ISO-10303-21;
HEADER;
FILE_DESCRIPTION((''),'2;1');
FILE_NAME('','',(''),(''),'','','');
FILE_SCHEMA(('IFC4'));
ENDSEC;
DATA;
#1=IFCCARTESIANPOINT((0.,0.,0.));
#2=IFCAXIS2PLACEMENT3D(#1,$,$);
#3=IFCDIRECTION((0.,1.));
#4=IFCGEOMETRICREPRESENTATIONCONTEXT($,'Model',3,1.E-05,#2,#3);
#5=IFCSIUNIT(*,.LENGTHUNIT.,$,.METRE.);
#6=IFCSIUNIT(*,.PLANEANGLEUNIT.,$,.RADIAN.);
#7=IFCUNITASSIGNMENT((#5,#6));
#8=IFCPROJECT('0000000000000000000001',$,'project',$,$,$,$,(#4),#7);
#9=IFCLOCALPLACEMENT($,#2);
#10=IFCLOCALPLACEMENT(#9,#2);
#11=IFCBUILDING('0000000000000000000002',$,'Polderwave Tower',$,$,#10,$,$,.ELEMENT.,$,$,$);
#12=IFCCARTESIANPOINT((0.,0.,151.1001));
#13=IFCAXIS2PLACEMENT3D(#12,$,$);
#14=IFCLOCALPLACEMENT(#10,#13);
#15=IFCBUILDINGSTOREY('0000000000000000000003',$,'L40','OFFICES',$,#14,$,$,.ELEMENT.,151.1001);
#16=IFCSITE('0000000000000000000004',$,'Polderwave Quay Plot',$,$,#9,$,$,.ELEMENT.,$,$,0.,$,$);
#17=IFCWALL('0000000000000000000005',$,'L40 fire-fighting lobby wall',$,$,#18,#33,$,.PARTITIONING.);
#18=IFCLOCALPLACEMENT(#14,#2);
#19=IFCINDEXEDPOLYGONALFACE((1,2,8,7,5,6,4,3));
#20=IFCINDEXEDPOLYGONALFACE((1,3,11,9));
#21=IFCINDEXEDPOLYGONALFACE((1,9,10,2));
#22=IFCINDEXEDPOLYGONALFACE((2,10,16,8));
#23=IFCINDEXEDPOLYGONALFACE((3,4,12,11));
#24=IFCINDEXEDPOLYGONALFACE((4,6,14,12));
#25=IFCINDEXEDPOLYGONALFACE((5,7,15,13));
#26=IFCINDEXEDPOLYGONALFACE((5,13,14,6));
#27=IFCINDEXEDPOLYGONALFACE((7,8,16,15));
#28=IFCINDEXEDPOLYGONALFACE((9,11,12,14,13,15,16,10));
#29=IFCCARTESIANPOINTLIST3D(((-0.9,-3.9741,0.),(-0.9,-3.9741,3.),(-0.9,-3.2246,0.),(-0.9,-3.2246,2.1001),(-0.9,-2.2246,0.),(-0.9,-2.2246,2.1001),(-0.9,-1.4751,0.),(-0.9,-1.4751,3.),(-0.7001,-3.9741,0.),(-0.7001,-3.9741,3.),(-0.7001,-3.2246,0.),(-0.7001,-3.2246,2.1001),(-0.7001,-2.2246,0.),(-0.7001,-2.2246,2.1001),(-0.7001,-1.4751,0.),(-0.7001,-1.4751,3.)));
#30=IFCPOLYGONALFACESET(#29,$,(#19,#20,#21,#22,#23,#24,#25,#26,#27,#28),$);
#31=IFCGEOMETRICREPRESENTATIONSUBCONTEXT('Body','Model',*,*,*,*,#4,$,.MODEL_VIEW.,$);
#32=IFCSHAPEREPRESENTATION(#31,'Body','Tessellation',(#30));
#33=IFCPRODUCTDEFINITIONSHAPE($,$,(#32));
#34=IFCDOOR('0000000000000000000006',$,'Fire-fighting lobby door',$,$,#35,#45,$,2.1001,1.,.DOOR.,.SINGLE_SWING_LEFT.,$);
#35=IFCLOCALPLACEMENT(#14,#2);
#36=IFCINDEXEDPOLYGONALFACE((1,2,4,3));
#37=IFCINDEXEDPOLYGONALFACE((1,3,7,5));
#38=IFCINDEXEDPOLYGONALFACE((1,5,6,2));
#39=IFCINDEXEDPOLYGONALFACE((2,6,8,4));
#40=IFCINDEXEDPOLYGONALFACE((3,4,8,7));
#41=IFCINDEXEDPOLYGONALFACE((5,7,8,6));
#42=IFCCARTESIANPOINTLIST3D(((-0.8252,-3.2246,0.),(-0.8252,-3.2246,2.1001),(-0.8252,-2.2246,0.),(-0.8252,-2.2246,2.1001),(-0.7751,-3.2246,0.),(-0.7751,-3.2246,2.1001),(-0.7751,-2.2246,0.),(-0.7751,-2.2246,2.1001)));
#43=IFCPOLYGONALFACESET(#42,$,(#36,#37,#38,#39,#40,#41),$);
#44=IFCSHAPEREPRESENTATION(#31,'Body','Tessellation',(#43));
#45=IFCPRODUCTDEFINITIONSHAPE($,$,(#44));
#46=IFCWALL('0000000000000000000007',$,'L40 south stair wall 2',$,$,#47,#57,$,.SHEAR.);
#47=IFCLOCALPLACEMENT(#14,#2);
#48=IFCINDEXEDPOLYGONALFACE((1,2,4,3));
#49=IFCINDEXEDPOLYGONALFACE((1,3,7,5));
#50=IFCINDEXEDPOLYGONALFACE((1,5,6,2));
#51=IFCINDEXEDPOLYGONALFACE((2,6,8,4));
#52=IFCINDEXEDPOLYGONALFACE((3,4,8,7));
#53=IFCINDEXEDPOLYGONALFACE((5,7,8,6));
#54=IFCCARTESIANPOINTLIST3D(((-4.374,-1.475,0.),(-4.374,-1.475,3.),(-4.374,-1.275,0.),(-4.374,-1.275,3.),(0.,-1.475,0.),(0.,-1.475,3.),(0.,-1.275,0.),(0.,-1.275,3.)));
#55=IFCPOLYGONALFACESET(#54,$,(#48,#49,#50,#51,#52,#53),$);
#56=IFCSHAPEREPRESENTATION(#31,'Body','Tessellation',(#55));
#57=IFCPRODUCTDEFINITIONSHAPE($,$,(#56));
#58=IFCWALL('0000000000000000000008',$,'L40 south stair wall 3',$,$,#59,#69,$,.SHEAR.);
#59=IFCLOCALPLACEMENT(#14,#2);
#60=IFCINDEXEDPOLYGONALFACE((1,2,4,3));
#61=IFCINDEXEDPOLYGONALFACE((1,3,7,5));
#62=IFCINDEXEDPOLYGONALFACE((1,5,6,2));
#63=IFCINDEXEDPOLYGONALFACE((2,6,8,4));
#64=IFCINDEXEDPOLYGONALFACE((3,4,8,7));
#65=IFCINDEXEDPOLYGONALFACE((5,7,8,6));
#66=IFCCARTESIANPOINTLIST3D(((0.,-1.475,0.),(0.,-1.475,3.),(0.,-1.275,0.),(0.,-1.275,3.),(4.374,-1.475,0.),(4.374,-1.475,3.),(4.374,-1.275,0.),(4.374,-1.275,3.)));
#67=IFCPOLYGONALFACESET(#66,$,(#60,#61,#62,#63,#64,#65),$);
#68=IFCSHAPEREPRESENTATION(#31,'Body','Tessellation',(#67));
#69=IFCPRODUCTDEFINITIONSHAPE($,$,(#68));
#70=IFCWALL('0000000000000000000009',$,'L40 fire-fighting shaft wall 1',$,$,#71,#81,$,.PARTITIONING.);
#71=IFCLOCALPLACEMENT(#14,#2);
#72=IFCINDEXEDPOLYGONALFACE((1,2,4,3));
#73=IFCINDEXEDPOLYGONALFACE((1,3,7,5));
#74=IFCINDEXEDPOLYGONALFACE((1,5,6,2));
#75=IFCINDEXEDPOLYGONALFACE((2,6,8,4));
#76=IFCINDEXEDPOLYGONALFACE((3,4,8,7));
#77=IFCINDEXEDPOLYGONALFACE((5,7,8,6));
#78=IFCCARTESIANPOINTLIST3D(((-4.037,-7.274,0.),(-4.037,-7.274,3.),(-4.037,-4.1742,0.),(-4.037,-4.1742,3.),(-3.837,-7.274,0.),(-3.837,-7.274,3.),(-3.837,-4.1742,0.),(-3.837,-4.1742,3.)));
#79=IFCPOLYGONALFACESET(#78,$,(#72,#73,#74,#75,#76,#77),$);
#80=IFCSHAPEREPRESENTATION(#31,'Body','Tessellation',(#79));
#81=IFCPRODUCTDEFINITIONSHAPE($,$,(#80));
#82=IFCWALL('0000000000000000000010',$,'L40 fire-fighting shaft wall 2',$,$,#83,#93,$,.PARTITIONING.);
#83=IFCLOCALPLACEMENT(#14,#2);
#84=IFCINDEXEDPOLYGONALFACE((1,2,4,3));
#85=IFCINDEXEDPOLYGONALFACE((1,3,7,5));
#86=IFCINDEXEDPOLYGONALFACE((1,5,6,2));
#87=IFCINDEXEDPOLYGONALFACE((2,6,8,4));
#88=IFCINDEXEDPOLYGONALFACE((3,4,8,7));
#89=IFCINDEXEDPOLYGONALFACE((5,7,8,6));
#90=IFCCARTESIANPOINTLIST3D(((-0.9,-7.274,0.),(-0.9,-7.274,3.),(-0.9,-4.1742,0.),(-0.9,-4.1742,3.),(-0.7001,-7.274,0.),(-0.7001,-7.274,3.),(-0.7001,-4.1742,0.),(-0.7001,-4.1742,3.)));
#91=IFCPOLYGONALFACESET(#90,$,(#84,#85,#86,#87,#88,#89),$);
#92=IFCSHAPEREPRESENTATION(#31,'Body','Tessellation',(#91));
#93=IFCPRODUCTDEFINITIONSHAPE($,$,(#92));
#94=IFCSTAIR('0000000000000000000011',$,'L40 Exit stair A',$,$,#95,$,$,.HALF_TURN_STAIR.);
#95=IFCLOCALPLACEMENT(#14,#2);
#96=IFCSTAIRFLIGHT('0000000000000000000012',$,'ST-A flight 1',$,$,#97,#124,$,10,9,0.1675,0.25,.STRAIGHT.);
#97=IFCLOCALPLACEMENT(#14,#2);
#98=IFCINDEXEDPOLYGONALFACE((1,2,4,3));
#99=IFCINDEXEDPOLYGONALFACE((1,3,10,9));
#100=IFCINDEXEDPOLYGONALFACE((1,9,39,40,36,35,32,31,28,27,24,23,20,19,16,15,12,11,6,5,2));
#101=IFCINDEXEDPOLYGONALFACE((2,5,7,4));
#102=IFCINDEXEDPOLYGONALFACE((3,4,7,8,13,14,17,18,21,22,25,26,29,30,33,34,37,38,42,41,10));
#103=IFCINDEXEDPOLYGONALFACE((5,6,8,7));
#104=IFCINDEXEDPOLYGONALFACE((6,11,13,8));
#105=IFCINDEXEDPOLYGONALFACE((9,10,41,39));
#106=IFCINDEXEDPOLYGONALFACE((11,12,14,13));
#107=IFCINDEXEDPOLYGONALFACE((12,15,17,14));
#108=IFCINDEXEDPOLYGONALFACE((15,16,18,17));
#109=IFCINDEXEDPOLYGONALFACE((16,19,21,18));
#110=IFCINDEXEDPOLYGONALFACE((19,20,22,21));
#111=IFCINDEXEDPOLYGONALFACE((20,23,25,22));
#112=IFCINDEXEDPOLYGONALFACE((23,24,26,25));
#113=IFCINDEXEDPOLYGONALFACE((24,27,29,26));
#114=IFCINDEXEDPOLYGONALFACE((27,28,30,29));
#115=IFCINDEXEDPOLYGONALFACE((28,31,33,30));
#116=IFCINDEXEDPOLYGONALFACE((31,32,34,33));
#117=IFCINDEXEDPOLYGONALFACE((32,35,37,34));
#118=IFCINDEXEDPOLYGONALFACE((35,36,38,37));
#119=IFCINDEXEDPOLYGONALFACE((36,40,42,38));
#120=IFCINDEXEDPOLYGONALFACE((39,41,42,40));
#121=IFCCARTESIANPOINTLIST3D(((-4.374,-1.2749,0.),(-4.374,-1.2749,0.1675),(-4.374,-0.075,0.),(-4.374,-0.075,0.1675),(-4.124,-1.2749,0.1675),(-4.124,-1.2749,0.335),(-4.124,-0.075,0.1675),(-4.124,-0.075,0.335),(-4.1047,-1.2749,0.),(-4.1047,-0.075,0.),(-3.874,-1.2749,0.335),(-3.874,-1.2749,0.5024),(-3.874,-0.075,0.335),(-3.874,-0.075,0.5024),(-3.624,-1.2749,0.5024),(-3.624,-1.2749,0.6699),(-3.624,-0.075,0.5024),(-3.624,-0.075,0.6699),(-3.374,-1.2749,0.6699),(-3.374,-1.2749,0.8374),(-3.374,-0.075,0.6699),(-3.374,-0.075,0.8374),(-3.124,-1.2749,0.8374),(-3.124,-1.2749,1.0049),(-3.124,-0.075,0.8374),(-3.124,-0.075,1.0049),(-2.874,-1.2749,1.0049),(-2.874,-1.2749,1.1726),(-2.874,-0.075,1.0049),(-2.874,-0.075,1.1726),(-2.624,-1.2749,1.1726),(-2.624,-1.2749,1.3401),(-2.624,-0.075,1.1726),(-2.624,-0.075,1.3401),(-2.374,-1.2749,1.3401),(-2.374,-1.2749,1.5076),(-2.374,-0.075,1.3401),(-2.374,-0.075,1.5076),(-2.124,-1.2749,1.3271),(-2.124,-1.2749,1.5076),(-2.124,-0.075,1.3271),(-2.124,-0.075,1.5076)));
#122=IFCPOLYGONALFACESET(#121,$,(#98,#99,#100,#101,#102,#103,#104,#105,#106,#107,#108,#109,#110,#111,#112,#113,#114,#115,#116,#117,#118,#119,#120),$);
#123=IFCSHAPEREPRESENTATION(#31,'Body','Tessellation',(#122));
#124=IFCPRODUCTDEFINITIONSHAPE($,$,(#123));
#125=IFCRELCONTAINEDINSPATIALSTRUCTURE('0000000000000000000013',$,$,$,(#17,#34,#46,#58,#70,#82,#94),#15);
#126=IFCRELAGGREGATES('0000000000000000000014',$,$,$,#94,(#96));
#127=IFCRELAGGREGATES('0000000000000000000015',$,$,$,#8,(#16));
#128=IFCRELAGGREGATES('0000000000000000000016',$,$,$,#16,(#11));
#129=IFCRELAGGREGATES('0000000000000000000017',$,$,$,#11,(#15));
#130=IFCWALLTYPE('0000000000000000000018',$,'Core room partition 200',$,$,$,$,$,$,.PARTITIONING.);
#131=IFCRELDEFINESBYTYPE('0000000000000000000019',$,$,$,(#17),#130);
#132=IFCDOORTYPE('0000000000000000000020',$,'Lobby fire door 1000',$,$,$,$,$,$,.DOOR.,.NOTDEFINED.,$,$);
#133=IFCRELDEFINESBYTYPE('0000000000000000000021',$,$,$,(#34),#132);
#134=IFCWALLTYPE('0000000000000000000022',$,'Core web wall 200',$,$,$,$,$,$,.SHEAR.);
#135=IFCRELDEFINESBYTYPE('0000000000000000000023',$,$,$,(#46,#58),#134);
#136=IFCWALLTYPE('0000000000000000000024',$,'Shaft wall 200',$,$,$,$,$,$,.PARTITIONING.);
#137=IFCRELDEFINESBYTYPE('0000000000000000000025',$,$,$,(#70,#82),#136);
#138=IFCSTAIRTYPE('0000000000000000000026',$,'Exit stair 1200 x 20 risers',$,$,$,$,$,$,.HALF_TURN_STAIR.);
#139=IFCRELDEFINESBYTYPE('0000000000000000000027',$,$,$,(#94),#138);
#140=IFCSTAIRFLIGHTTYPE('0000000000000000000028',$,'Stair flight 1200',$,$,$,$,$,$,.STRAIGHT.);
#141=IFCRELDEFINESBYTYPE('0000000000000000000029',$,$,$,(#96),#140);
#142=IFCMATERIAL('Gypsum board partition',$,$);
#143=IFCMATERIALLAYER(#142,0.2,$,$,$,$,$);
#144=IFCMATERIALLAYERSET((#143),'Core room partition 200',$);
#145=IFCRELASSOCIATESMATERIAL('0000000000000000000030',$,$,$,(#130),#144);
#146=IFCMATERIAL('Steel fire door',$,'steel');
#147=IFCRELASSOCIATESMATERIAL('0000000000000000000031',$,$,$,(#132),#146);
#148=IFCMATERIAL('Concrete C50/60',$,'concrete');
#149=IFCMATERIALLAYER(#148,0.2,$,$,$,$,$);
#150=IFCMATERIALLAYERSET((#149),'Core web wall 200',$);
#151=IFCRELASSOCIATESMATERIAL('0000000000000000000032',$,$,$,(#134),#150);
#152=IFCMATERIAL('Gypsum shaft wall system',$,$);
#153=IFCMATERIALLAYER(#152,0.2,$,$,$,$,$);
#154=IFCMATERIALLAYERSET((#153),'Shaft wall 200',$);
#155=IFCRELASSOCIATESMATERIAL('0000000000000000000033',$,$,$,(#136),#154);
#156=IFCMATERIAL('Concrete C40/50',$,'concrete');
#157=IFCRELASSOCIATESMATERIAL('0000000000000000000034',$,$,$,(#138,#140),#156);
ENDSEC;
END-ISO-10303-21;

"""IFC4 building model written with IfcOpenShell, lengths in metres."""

from ifc_helpers import new_model, si_unit, direction, frame, frame_2d, origin, place, context, subcontext, project, spatial, polyline, rectangle, outline, extrude, material, layer, layer_set, type_object, element, fill, aggregate, save


model = new_model("IFC4")

# Units and contexts
model_context = context("Model", 3, precision=1e-05, world=origin(), true_north=direction((0.0, 1.0)))
body_context = subcontext(model_context, "Body", "Model", "MODEL_VIEW")
ifc_project = project(units=[si_unit("LENGTHUNIT", "METRE"), si_unit("PLANEANGLEUNIT", "RADIAN")], contexts=[model_context])

# Site, building, storey
site_placement = place(None, origin())
site = spatial("IfcSite", under=ifc_project, at=site_placement, Name="Polderwave Quay Plot", CompositionType="ELEMENT", RefElevation=0.0)
building_placement = place(site_placement, origin())
building = spatial("IfcBuilding", under=site, at=building_placement, Name="Polderwave Tower", CompositionType="ELEMENT")
storey_placement = place(building_placement, frame((0.0, 0.0, 151.1001)))
storey = spatial("IfcBuildingStorey", under=building, at=storey_placement, Name="L40", Description="OFFICES", CompositionType="ELEMENT", Elevation=151.1001)

# Wall, opening, door
ifc_material_1 = material(Name="Gypsum board partition")
ifc_layer_1 = layer(ifc_material_1, 0.2)
ifc_layer_set_1 = layer_set([ifc_layer_1], Name="Core room partition 200")
wall_type_1 = type_object("IfcWallType", Name="Core room partition 200", PredefinedType="PARTITIONING", material=ifc_layer_set_1)
wall_placement = place(storey_placement, frame((-0.8, -3.9741, 0.0), z_axis=(0.0, 0.0, 1.0), x_axis=(0.0, 1.0, 0.0)))
wall = element("IfcWall", 1, at=wall_placement, inside=storey, type_object=wall_type_1, Name="L40 fire-fighting lobby wall", PredefinedType="PARTITIONING", context=body_context, shape_type="SweptSolid", body=[
    extrude(rectangle(XDim=2.499, YDim=0.2, at=frame_2d((1.2495, 0.0))), origin(), (0.0, 0.0, 1.0), 3.0),
])
opening_placement = place(wall_placement, frame((0.7495, 0.0, 0.0)))
opening = element("IfcOpeningElement", 2, at=opening_placement, cuts=wall, PredefinedType="OPENING", context=body_context, shape_type="SweptSolid", body=[
    extrude(rectangle(XDim=1.0, YDim=2.1001, at=frame_2d((0.5, 1.05))), frame((0.0, 0.1099, 0.0), z_axis=(0.0, -1.0, 0.0), x_axis=(1.0, 0.0, 0.0)), (0.0, 0.0, 1.0), 0.22),
])
ifc_material_2 = material(Name="Steel fire door", Category="steel")
door_type = type_object("IfcDoorType", Name="Lobby fire door 1000", OperationType="NOTDEFINED", PredefinedType="DOOR", material=ifc_material_2)
door_placement = place(opening_placement, frame((1.0, 0.0, 0.0), z_axis=(0.0, 0.0, 1.0), x_axis=(-1.0, 0.0, 0.0)))
door = element("IfcDoor", 3, at=door_placement, inside=storey, type_object=door_type, Name="Fire-fighting lobby door", OperationType="SINGLE_SWING_LEFT", OverallHeight=2.1001, OverallWidth=1.0, PredefinedType="DOOR", context=body_context, shape_type="SweptSolid", body=[
    extrude(rectangle(XDim=1.0, YDim=2.1001, at=frame_2d((0.5, 1.05))), frame((0.0, 0.0249, 0.0), z_axis=(0.0, -1.0, 0.0), x_axis=(1.0, 0.0, 0.0)), (0.0, 0.0, 1.0), 0.05),
])
fill(opening, door)

# Walls
ifc_material_3 = material(Name="Concrete C50/60", Category="concrete")
ifc_layer_2 = layer(ifc_material_3, 0.2)
ifc_layer_set_2 = layer_set([ifc_layer_2], Name="Core web wall 200")
wall_type_2 = type_object("IfcWallType", Name="Core web wall 200", PredefinedType="SHEAR", material=ifc_layer_set_2)
for number, where, z_axis, x_axis, name in (
    (4, (-4.374, -1.375, 0.0), (0.0, 0.0, 1.0), (1.0, 0.0, 0.0), "L40 south stair wall 2"),
    (5, (0.0, -1.375, 0.0), (0.0, 0.0, 1.0), (1.0, 0.0, 0.0), "L40 south stair wall 3"),
):
    element("IfcWall", number, at=place(storey_placement, frame(where, z_axis=z_axis, x_axis=x_axis)), inside=storey, type_object=wall_type_2, Name=name, PredefinedType="SHEAR", context=body_context, shape_type="SweptSolid", body=[
        extrude(rectangle(XDim=4.374, YDim=0.2, at=frame_2d((2.187, 0.0))), origin(), (0.0, 0.0, 1.0), 3.0),
    ])
ifc_material_4 = material(Name="Gypsum shaft wall system")
ifc_layer_3 = layer(ifc_material_4, 0.2)
ifc_layer_set_3 = layer_set([ifc_layer_3], Name="Shaft wall 200")
wall_type_3 = type_object("IfcWallType", Name="Shaft wall 200", PredefinedType="PARTITIONING", material=ifc_layer_set_3)
for number, where, z_axis, x_axis, name in (
    (6, (-3.937, -7.2739, 0.0), (0.0, 0.0, 1.0), (0.0, 1.0, 0.0), "L40 fire-fighting shaft wall 1"),
    (7, (-0.8, -7.2739, 0.0), (0.0, 0.0, 1.0), (0.0, 1.0, 0.0), "L40 fire-fighting shaft wall 2"),
):
    element("IfcWall", number, at=place(storey_placement, frame(where, z_axis=z_axis, x_axis=x_axis)), inside=storey, type_object=wall_type_3, Name=name, PredefinedType="PARTITIONING", context=body_context, shape_type="SweptSolid", body=[
        extrude(rectangle(XDim=3.0999, YDim=0.2, at=frame_2d((1.5498, 0.0))), origin(), (0.0, 0.0, 1.0), 3.0),
    ])

# Stair, stair flight
ifc_material_5 = material(Name="Concrete C40/50", Category="concrete")
stair_type = type_object("IfcStairType", Name="Exit stair 1200 x 20 risers", PredefinedType="HALF_TURN_STAIR", material=ifc_material_5)
stair_placement = place(storey_placement, origin())
stair = element("IfcStair", 8, at=stair_placement, inside=storey, type_object=stair_type, Name="L40 Exit stair A", PredefinedType="HALF_TURN_STAIR")
stair_flight_type = type_object("IfcStairFlightType", Name="Stair flight 1200", PredefinedType="STRAIGHT", material=ifc_material_5)
stair_flight_placement = place(storey_placement, frame((-4.374, -0.675, 0.0), z_axis=(0.0, 0.0, 1.0), x_axis=(1.0, 0.0, 0.0)))
stair_flight = element("IfcStairFlight", 9, at=stair_flight_placement, type_object=stair_flight_type, Name="ST-A flight 1", NumberOfRisers=10, NumberOfTreads=9, PredefinedType="STRAIGHT", RiserHeight=0.1675, TreadLength=0.25, context=body_context, shape_type="SweptSolid", body=[
    extrude(outline(polyline([(0.0, 0.0), (0.0, 0.1675), (0.25, 0.1675), (0.25, 0.335), (0.5, 0.335), (0.5, 0.5024), (0.75, 0.5024), (0.75, 0.6699), (1.0, 0.6699), (1.0, 0.8374), (1.25, 0.8374), (1.25, 1.0049), (1.5, 1.0049), (1.5, 1.1726), (1.75, 1.1726), (1.75, 1.3401), (2.0, 1.3401), (2.0, 1.5076), (2.25, 1.5076), (2.25, 1.675), (2.25, 1.3271), (0.2693, 0.0), (0.0, 0.0)])), frame((0.0, 0.6001, 0.0), z_axis=(0.0, -1.0, 0.0), x_axis=(1.0, 0.0, 0.0)), (0.0, 0.0, 1.0), 1.2),
])
aggregate(stair, [stair_flight])

save(model, "model.ifc")
